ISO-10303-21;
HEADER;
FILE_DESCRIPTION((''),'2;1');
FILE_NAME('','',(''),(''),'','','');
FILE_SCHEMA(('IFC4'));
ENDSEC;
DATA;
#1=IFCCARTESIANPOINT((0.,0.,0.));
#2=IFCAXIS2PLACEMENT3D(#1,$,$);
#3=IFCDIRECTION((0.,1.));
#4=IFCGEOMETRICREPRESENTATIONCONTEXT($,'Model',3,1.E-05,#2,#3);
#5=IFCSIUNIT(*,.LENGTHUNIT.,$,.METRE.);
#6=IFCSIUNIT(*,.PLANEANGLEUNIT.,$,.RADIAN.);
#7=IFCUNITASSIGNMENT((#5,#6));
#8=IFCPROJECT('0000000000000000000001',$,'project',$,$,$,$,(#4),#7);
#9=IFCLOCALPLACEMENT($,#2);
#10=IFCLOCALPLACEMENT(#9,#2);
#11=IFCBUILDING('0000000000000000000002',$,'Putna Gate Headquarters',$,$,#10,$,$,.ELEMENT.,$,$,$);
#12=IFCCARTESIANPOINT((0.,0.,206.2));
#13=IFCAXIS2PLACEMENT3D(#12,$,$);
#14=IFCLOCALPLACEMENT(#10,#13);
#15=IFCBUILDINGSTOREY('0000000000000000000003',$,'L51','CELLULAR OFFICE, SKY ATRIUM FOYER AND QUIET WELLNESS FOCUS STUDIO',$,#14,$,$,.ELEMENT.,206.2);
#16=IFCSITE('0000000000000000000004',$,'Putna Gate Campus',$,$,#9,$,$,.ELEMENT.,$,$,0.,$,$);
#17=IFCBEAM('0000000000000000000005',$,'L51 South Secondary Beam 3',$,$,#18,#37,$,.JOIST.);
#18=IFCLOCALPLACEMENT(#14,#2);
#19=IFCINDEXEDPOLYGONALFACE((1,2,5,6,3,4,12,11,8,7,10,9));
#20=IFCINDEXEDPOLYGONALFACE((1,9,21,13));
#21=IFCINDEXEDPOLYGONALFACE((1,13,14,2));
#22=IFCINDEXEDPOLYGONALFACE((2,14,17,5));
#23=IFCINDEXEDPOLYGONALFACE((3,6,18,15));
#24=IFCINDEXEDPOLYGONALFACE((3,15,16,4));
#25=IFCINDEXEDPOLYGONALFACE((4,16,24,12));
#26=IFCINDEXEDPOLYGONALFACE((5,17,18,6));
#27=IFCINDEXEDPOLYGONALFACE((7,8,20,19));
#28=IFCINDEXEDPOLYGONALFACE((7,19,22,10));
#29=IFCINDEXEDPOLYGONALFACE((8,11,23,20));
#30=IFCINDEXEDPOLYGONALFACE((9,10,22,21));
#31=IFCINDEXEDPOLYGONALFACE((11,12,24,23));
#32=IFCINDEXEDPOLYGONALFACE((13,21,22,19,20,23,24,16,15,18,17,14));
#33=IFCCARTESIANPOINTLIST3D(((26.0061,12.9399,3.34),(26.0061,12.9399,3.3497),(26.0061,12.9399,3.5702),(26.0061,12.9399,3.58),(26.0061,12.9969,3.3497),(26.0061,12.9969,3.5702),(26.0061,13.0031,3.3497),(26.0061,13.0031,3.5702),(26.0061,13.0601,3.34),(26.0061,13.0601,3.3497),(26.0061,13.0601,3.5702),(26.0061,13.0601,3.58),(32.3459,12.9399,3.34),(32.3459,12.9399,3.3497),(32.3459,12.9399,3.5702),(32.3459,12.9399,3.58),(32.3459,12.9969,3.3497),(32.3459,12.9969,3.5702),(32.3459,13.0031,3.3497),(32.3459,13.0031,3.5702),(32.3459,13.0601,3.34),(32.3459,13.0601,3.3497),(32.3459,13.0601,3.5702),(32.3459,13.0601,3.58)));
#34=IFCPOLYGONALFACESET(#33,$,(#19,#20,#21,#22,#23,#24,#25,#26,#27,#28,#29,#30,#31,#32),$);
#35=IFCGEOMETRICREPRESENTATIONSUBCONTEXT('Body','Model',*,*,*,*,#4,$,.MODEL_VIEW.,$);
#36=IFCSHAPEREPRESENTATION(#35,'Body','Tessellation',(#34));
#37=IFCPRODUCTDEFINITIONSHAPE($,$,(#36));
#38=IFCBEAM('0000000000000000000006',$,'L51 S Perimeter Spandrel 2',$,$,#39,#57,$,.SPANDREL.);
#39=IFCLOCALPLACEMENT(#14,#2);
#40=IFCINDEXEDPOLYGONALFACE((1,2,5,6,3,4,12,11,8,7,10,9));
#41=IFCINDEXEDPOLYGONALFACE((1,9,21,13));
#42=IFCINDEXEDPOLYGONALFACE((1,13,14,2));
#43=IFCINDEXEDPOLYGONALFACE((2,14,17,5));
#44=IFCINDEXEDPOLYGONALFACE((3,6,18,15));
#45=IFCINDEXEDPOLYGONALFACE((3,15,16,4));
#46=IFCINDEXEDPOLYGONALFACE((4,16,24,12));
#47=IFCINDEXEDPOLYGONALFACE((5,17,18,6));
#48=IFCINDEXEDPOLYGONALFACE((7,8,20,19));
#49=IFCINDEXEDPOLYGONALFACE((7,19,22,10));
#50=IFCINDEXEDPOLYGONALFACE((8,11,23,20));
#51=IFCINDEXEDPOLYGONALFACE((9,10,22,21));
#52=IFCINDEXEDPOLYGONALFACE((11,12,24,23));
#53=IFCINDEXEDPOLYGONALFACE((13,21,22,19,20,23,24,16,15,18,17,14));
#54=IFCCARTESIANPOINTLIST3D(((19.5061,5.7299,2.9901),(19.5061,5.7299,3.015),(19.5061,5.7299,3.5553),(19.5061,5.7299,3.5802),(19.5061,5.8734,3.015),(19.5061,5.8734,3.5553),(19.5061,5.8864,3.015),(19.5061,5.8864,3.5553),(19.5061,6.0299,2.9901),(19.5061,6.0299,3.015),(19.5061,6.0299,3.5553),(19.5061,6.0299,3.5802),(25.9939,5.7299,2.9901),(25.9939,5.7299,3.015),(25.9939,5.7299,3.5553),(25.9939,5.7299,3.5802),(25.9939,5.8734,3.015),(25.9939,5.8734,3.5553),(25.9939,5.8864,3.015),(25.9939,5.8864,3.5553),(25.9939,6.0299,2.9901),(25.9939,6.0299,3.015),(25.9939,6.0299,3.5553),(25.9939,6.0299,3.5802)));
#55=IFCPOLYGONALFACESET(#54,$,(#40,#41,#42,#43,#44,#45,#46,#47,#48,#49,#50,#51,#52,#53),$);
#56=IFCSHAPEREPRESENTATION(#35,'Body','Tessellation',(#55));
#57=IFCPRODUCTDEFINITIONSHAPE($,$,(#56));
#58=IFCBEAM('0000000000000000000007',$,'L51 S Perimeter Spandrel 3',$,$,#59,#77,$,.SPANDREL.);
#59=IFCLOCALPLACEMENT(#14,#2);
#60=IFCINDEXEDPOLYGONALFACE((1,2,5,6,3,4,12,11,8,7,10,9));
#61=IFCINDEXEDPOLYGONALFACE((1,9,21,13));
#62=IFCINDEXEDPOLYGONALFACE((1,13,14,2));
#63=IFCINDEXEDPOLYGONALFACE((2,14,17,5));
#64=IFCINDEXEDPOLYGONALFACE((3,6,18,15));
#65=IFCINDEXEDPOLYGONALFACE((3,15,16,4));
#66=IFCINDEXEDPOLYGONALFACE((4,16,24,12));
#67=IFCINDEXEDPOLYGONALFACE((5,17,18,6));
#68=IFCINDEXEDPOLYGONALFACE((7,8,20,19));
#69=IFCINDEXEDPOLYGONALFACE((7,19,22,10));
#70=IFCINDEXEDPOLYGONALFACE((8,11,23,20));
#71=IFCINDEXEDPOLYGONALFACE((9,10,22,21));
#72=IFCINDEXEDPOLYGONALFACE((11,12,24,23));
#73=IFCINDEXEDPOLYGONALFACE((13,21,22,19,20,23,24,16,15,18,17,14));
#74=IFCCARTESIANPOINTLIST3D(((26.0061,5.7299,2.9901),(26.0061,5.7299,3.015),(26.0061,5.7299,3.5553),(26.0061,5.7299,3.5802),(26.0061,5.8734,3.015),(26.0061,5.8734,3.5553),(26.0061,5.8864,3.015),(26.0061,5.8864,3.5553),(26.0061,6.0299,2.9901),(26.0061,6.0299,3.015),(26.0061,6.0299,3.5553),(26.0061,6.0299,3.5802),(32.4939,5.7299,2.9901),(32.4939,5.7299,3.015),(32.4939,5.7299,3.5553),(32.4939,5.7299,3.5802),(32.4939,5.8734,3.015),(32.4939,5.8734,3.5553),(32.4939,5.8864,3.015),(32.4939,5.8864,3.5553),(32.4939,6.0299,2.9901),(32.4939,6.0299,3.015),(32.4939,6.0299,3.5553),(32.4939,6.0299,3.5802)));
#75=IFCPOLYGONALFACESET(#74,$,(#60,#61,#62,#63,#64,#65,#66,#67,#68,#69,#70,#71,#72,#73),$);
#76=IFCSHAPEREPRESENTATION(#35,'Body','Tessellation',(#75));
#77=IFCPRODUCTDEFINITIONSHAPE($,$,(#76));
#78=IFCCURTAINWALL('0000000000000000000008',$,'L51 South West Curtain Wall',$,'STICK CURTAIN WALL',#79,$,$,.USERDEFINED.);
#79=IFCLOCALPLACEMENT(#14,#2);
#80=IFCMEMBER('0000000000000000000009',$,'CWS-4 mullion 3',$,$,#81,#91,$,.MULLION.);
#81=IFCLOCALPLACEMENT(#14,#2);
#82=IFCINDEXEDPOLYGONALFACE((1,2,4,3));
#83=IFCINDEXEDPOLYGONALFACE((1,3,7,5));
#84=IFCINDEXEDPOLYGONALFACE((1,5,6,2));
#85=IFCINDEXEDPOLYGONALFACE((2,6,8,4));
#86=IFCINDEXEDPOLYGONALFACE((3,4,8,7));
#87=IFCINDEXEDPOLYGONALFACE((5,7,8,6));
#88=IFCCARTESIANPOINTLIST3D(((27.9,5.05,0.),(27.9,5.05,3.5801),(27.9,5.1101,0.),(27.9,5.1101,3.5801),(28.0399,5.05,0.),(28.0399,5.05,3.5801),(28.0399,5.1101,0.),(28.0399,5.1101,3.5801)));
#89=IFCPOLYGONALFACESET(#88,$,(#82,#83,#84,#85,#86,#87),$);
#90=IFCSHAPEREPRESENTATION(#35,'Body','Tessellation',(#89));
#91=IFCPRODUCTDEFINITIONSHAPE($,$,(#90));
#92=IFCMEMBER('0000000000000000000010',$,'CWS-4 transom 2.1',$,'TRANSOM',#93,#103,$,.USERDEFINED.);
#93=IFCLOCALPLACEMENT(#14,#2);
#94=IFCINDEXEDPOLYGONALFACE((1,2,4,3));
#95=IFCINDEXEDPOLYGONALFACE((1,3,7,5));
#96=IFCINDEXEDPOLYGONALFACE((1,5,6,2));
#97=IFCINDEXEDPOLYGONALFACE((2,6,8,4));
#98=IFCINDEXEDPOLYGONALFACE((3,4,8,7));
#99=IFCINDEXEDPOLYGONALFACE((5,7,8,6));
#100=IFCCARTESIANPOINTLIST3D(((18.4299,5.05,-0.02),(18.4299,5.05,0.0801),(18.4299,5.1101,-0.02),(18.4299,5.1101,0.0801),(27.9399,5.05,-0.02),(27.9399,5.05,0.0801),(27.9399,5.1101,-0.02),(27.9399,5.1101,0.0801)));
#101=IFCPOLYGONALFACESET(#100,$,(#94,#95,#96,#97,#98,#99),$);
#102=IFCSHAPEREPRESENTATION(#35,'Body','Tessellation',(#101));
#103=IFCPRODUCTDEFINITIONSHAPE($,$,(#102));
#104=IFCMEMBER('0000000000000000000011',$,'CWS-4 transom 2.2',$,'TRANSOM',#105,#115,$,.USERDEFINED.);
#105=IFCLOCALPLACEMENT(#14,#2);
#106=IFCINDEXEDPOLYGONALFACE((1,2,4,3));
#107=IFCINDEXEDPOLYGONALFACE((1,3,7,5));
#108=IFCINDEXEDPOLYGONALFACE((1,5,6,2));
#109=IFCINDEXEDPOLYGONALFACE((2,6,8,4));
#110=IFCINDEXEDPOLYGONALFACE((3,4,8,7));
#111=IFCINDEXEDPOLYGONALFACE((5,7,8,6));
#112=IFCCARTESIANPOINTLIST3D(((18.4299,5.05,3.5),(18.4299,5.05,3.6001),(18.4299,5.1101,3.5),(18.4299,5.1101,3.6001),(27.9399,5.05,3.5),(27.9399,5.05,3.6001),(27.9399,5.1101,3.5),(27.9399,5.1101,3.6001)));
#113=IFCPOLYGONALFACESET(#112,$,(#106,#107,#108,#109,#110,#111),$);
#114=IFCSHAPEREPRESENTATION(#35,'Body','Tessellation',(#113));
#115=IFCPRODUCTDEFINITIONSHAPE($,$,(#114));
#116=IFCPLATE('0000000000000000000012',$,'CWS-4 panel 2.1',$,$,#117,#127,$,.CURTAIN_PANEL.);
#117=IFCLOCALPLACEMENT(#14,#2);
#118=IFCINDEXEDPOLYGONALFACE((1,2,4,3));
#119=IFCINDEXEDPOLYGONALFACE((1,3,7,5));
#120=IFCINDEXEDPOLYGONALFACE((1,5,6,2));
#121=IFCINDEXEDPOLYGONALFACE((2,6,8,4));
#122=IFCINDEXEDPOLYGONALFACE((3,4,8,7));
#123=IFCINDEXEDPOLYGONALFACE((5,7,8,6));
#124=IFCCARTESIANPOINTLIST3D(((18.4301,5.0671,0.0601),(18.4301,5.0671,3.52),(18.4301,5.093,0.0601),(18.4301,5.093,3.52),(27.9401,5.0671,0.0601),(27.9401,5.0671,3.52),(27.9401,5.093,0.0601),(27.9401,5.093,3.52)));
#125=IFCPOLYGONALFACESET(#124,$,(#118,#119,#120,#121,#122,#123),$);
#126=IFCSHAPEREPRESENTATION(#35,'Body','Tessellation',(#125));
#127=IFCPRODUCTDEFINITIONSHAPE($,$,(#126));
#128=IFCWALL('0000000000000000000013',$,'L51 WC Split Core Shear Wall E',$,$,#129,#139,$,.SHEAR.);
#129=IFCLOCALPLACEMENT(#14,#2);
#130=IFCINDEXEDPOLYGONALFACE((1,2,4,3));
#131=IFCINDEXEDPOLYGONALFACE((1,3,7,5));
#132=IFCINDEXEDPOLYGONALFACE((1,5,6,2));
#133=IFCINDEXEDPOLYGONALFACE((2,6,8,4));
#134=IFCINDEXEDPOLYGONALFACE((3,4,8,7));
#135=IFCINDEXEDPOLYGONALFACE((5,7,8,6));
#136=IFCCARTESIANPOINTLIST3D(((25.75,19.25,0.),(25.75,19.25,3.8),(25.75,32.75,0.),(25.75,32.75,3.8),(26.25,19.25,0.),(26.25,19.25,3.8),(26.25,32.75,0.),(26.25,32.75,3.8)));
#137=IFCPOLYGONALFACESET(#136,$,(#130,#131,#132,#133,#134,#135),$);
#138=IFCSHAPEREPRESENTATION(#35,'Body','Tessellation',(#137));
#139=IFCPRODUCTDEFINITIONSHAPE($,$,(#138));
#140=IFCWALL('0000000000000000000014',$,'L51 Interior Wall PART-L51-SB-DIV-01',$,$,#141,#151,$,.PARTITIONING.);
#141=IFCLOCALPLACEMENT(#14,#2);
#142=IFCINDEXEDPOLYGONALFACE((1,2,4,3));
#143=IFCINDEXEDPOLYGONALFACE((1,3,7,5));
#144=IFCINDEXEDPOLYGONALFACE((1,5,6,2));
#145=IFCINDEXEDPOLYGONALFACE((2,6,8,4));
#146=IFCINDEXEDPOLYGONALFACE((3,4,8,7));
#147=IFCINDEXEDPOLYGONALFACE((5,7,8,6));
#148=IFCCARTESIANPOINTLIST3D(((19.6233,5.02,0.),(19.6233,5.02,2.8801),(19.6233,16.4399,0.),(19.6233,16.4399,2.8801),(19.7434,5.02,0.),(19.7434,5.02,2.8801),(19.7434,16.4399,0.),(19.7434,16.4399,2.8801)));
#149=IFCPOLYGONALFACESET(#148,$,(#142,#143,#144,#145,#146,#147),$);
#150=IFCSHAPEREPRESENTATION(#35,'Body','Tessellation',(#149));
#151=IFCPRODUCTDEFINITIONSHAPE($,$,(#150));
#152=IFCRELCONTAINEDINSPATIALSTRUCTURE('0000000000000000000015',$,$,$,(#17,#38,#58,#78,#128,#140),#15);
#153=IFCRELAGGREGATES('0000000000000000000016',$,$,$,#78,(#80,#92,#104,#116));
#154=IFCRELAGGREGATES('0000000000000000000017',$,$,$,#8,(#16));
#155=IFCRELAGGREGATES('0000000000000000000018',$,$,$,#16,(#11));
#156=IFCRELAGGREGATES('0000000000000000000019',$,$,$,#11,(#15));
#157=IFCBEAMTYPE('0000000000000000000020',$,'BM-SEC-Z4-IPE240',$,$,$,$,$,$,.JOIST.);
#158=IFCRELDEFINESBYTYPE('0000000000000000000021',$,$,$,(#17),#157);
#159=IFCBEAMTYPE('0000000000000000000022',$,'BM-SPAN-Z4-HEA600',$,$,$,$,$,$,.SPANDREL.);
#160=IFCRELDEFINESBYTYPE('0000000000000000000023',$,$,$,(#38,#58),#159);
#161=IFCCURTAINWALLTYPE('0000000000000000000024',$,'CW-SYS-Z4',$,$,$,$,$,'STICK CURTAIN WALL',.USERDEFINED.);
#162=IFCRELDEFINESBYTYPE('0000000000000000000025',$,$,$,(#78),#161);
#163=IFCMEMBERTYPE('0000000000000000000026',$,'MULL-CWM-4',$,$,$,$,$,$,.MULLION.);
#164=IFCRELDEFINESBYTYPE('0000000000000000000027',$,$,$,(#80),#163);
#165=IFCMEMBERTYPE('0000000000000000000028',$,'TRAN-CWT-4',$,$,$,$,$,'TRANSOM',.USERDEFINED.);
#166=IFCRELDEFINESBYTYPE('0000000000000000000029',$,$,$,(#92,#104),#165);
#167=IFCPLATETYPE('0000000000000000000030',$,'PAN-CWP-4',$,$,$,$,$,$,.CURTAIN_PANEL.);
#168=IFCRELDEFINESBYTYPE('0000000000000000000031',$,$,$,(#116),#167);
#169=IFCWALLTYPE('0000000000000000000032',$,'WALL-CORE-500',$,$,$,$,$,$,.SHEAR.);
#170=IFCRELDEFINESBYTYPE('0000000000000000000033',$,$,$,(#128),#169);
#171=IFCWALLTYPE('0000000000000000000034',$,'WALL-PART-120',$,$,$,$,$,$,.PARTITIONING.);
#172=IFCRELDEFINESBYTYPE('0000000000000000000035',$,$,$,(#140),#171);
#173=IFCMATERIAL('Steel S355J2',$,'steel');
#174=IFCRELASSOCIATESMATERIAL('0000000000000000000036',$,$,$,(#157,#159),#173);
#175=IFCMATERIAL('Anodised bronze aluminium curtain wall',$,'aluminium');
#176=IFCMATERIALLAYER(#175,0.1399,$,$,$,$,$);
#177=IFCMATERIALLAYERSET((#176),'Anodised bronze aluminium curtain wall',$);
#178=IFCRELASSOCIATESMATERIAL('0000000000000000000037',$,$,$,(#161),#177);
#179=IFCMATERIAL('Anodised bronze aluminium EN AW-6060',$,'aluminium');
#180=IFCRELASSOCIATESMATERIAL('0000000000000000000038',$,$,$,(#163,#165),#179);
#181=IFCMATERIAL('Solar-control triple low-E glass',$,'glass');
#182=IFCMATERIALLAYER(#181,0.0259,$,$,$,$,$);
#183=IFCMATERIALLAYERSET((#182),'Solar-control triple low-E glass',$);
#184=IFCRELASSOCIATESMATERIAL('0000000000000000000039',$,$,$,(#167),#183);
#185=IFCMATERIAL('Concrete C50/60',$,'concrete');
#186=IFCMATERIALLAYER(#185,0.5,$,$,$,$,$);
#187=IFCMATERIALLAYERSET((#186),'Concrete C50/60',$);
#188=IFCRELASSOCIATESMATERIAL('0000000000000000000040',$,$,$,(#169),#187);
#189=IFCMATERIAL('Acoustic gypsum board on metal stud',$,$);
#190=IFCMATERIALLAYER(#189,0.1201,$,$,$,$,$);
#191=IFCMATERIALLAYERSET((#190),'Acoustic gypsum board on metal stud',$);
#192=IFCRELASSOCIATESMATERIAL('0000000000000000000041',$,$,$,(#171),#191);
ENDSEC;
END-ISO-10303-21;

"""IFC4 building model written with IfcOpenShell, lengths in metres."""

from ifc_helpers import new_model, si_unit, direction, frame, frame_2d, origin, origin_2d, place, context, subcontext, project, spatial, rectangle, i_section, extrude, material, layer, layer_set, material_profile, profile_set, type_object, element, aggregate, save


model = new_model("IFC4")

# Units and contexts
model_context = context("Model", 3, precision=1e-05, world=origin(), true_north=direction((0.0, 1.0)))
body_context = subcontext(model_context, "Body", "Model", "MODEL_VIEW")
ifc_project = project(units=[si_unit("LENGTHUNIT", "METRE"), si_unit("PLANEANGLEUNIT", "RADIAN")], contexts=[model_context])

# Site, building, storey
site_placement = place(None, origin())
site = spatial("IfcSite", under=ifc_project, at=site_placement, Name="Putna Gate Campus", CompositionType="ELEMENT", RefElevation=0.0)
building_placement = place(site_placement, origin())
building = spatial("IfcBuilding", under=site, at=building_placement, Name="Putna Gate Headquarters", CompositionType="ELEMENT")
storey_placement = place(building_placement, frame((0.0, 0.0, 206.2)))
storey = spatial("IfcBuildingStorey", under=building, at=storey_placement, Name="L51", Description="CELLULAR OFFICE, SKY ATRIUM FOYER AND QUIET WELLNESS FOCUS STUDIO", CompositionType="ELEMENT", Elevation=206.2)

# Beams
ifc_material_1 = material(Name="Steel S355J2", Category="steel")
ifc_material_profile_1 = material_profile(ifc_material_1, i_section(OverallWidth=0.1201, OverallDepth=0.24, WebThickness=0.0061, FlangeThickness=0.0098, at=origin_2d()), Name="Steel S355J2")
ifc_profile_set_1 = profile_set([ifc_material_profile_1], Name="Steel S355J2")
beam_type_1 = type_object("IfcBeamType", Name="BM-SEC-Z4-IPE240", PredefinedType="JOIST", material=ifc_profile_set_1)
for number, where, z_axis, x_axis, name in (
    (1, (26.0061, 13.0, 3.46), (1.0, 0.0, 0.0), (0.0, 1.0, 0.0), "L51 South Secondary Beam 3"),
):
    element("IfcBeam", number, at=place(storey_placement, frame(where, z_axis=z_axis, x_axis=x_axis)), inside=storey, type_object=beam_type_1, Name=name, PredefinedType="JOIST", context=body_context, shape_type="SweptSolid", body=[
        extrude(i_section(OverallWidth=0.1201, OverallDepth=0.24, WebThickness=0.0061, FlangeThickness=0.0098, at=origin_2d()), origin(), (0.0, 0.0, 1.0), 6.3398),
    ])
ifc_material_profile_2 = material_profile(ifc_material_1, i_section(OverallWidth=0.3, OverallDepth=0.5901, WebThickness=0.0129, FlangeThickness=0.0249, at=origin_2d()), Name="Steel S355J2")
ifc_profile_set_2 = profile_set([ifc_material_profile_2], Name="Steel S355J2")
beam_type_2 = type_object("IfcBeamType", Name="BM-SPAN-Z4-HEA600", PredefinedType="SPANDREL", material=ifc_profile_set_2)
for number, where, z_axis, x_axis, name in (
    (2, (19.5061, 5.8799, 3.2852), (1.0, 0.0, 0.0), (0.0, 1.0, 0.0), "L51 S Perimeter Spandrel 2"),
    (3, (26.0061, 5.8799, 3.2852), (1.0, 0.0, 0.0), (0.0, 1.0, 0.0), "L51 S Perimeter Spandrel 3"),
):
    element("IfcBeam", number, at=place(storey_placement, frame(where, z_axis=z_axis, x_axis=x_axis)), inside=storey, type_object=beam_type_2, Name=name, PredefinedType="SPANDREL", context=body_context, shape_type="SweptSolid", body=[
        extrude(i_section(OverallWidth=0.3, OverallDepth=0.5901, WebThickness=0.0129, FlangeThickness=0.0249, at=origin_2d()), origin(), (0.0, 0.0, 1.0), 6.4878),
    ])

# Curtain wall, members, plate
ifc_material_2 = material(Name="Anodised bronze aluminium curtain wall", Category="aluminium")
ifc_layer_1 = layer(ifc_material_2, 0.1399)
ifc_layer_set_1 = layer_set([ifc_layer_1], Name="Anodised bronze aluminium curtain wall")
curtain_wall_type = type_object("IfcCurtainWallType", Name="CW-SYS-Z4", ElementType="STICK CURTAIN WALL", PredefinedType="USERDEFINED", material=ifc_layer_set_1)
curtain_wall_placement = place(storey_placement, origin())
curtain_wall = element("IfcCurtainWall", 4, at=curtain_wall_placement, inside=storey, type_object=curtain_wall_type, Name="L51 South West Curtain Wall", ObjectType="STICK CURTAIN WALL", PredefinedType="USERDEFINED")
ifc_material_3 = material(Name="Anodised bronze aluminium EN AW-6060", Category="aluminium")
ifc_material_profile_3 = material_profile(ifc_material_3, rectangle(XDim=0.0601, YDim=0.1399, at=origin_2d()), Name="Anodised bronze aluminium EN AW-6060")
ifc_profile_set_3 = profile_set([ifc_material_profile_3], Name="Anodised bronze aluminium EN AW-6060")
member_type_1 = type_object("IfcMemberType", Name="MULL-CWM-4", PredefinedType="MULLION", material=ifc_profile_set_3)
member_1_placement = place(storey_placement, frame((27.97, 5.0801, 0.0), z_axis=(0.0, 0.0, 1.0), x_axis=(0.0, 1.0, 0.0)))
member_1 = element("IfcMember", 5, at=member_1_placement, type_object=member_type_1, Name="CWS-4 mullion 3", PredefinedType="MULLION", context=body_context, shape_type="SweptSolid", body=[
    extrude(rectangle(XDim=0.0601, YDim=0.1399, at=origin_2d()), origin(), (0.0, 0.0, 1.0), 3.5801),
])
ifc_material_profile_4 = material_profile(ifc_material_3, rectangle(XDim=0.0601, YDim=0.1001, at=origin_2d()), Name="Anodised bronze aluminium EN AW-6060")
ifc_profile_set_4 = profile_set([ifc_material_profile_4], Name="Anodised bronze aluminium EN AW-6060")
member_type_2 = type_object("IfcMemberType", Name="TRAN-CWT-4", ElementType="TRANSOM", PredefinedType="USERDEFINED", material=ifc_profile_set_4)
member_2_placement = place(storey_placement, frame((18.4299, 5.0801, 0.03), z_axis=(1.0, 0.0, 0.0), x_axis=(0.0, 1.0, 0.0)))
member_2 = element("IfcMember", 6, at=member_2_placement, type_object=member_type_2, Name="CWS-4 transom 2.1", ObjectType="TRANSOM", PredefinedType="USERDEFINED", context=body_context, shape_type="SweptSolid", body=[
    extrude(rectangle(XDim=0.0601, YDim=0.1001, at=origin_2d()), origin(), (0.0, 0.0, 1.0), 9.51),
])
member_3_placement = place(storey_placement, frame((18.4299, 5.0801, 3.55), z_axis=(1.0, 0.0, 0.0), x_axis=(0.0, 1.0, 0.0)))
member_3 = element("IfcMember", 7, at=member_3_placement, type_object=member_type_2, Name="CWS-4 transom 2.2", ObjectType="TRANSOM", PredefinedType="USERDEFINED", context=body_context, shape_type="SweptSolid", body=[
    extrude(rectangle(XDim=0.0601, YDim=0.1001, at=origin_2d()), origin(), (0.0, 0.0, 1.0), 9.51),
])
ifc_material_4 = material(Name="Solar-control triple low-E glass", Category="glass")
ifc_layer_2 = layer(ifc_material_4, 0.0259)
ifc_layer_set_2 = layer_set([ifc_layer_2], Name="Solar-control triple low-E glass")
plate_type = type_object("IfcPlateType", Name="PAN-CWP-4", PredefinedType="CURTAIN_PANEL", material=ifc_layer_set_2)
plate_placement = place(storey_placement, frame((23.1851, 5.0801, 0.0601), z_axis=(0.0, 0.0, 1.0), x_axis=(1.0, 0.0, 0.0)))
plate = element("IfcPlate", 8, at=plate_placement, type_object=plate_type, Name="CWS-4 panel 2.1", PredefinedType="CURTAIN_PANEL", context=body_context, shape_type="SweptSolid", body=[
    extrude(rectangle(XDim=9.51, YDim=0.0259, at=origin_2d()), origin(), (0.0, 0.0, 1.0), 3.46),
])
aggregate(curtain_wall, [member_1, member_2, member_3, plate])

# Walls
ifc_material_5 = material(Name="Concrete C50/60", Category="concrete")
ifc_layer_3 = layer(ifc_material_5, 0.5)
ifc_layer_set_3 = layer_set([ifc_layer_3], Name="Concrete C50/60")
wall_type_1 = type_object("IfcWallType", Name="WALL-CORE-500", PredefinedType="SHEAR", material=ifc_layer_set_3)
wall_1_placement = place(storey_placement, frame((26.0, 19.25, 0.0), z_axis=(0.0, 0.0, 1.0), x_axis=(0.0, 1.0, 0.0)))
element("IfcWall", 9, at=wall_1_placement, inside=storey, type_object=wall_type_1, Name="L51 WC Split Core Shear Wall E", PredefinedType="SHEAR", context=body_context, shape_type="SweptSolid", body=[
    extrude(rectangle(XDim=13.5, YDim=0.5, at=frame_2d((6.75, 0.0))), origin(), (0.0, 0.0, 1.0), 3.8),
])
ifc_material_6 = material(Name="Acoustic gypsum board on metal stud")
ifc_layer_4 = layer(ifc_material_6, 0.1201)
ifc_layer_set_4 = layer_set([ifc_layer_4], Name="Acoustic gypsum board on metal stud")
wall_type_2 = type_object("IfcWallType", Name="WALL-PART-120", PredefinedType="PARTITIONING", material=ifc_layer_set_4)
wall_2_placement = place(storey_placement, frame((19.6833, 5.02, 0.0), z_axis=(0.0, 0.0, 1.0), x_axis=(0.0, 1.0, 0.0)))
element("IfcWall", 10, at=wall_2_placement, inside=storey, type_object=wall_type_2, Name="L51 Interior Wall PART-L51-SB-DIV-01", PredefinedType="PARTITIONING", context=body_context, shape_type="SweptSolid", body=[
    extrude(rectangle(XDim=11.4199, YDim=0.1201, at=frame_2d((5.71, 0.0))), origin(), (0.0, 0.0, 1.0), 2.8801),
])

save(model, "model.ifc")
